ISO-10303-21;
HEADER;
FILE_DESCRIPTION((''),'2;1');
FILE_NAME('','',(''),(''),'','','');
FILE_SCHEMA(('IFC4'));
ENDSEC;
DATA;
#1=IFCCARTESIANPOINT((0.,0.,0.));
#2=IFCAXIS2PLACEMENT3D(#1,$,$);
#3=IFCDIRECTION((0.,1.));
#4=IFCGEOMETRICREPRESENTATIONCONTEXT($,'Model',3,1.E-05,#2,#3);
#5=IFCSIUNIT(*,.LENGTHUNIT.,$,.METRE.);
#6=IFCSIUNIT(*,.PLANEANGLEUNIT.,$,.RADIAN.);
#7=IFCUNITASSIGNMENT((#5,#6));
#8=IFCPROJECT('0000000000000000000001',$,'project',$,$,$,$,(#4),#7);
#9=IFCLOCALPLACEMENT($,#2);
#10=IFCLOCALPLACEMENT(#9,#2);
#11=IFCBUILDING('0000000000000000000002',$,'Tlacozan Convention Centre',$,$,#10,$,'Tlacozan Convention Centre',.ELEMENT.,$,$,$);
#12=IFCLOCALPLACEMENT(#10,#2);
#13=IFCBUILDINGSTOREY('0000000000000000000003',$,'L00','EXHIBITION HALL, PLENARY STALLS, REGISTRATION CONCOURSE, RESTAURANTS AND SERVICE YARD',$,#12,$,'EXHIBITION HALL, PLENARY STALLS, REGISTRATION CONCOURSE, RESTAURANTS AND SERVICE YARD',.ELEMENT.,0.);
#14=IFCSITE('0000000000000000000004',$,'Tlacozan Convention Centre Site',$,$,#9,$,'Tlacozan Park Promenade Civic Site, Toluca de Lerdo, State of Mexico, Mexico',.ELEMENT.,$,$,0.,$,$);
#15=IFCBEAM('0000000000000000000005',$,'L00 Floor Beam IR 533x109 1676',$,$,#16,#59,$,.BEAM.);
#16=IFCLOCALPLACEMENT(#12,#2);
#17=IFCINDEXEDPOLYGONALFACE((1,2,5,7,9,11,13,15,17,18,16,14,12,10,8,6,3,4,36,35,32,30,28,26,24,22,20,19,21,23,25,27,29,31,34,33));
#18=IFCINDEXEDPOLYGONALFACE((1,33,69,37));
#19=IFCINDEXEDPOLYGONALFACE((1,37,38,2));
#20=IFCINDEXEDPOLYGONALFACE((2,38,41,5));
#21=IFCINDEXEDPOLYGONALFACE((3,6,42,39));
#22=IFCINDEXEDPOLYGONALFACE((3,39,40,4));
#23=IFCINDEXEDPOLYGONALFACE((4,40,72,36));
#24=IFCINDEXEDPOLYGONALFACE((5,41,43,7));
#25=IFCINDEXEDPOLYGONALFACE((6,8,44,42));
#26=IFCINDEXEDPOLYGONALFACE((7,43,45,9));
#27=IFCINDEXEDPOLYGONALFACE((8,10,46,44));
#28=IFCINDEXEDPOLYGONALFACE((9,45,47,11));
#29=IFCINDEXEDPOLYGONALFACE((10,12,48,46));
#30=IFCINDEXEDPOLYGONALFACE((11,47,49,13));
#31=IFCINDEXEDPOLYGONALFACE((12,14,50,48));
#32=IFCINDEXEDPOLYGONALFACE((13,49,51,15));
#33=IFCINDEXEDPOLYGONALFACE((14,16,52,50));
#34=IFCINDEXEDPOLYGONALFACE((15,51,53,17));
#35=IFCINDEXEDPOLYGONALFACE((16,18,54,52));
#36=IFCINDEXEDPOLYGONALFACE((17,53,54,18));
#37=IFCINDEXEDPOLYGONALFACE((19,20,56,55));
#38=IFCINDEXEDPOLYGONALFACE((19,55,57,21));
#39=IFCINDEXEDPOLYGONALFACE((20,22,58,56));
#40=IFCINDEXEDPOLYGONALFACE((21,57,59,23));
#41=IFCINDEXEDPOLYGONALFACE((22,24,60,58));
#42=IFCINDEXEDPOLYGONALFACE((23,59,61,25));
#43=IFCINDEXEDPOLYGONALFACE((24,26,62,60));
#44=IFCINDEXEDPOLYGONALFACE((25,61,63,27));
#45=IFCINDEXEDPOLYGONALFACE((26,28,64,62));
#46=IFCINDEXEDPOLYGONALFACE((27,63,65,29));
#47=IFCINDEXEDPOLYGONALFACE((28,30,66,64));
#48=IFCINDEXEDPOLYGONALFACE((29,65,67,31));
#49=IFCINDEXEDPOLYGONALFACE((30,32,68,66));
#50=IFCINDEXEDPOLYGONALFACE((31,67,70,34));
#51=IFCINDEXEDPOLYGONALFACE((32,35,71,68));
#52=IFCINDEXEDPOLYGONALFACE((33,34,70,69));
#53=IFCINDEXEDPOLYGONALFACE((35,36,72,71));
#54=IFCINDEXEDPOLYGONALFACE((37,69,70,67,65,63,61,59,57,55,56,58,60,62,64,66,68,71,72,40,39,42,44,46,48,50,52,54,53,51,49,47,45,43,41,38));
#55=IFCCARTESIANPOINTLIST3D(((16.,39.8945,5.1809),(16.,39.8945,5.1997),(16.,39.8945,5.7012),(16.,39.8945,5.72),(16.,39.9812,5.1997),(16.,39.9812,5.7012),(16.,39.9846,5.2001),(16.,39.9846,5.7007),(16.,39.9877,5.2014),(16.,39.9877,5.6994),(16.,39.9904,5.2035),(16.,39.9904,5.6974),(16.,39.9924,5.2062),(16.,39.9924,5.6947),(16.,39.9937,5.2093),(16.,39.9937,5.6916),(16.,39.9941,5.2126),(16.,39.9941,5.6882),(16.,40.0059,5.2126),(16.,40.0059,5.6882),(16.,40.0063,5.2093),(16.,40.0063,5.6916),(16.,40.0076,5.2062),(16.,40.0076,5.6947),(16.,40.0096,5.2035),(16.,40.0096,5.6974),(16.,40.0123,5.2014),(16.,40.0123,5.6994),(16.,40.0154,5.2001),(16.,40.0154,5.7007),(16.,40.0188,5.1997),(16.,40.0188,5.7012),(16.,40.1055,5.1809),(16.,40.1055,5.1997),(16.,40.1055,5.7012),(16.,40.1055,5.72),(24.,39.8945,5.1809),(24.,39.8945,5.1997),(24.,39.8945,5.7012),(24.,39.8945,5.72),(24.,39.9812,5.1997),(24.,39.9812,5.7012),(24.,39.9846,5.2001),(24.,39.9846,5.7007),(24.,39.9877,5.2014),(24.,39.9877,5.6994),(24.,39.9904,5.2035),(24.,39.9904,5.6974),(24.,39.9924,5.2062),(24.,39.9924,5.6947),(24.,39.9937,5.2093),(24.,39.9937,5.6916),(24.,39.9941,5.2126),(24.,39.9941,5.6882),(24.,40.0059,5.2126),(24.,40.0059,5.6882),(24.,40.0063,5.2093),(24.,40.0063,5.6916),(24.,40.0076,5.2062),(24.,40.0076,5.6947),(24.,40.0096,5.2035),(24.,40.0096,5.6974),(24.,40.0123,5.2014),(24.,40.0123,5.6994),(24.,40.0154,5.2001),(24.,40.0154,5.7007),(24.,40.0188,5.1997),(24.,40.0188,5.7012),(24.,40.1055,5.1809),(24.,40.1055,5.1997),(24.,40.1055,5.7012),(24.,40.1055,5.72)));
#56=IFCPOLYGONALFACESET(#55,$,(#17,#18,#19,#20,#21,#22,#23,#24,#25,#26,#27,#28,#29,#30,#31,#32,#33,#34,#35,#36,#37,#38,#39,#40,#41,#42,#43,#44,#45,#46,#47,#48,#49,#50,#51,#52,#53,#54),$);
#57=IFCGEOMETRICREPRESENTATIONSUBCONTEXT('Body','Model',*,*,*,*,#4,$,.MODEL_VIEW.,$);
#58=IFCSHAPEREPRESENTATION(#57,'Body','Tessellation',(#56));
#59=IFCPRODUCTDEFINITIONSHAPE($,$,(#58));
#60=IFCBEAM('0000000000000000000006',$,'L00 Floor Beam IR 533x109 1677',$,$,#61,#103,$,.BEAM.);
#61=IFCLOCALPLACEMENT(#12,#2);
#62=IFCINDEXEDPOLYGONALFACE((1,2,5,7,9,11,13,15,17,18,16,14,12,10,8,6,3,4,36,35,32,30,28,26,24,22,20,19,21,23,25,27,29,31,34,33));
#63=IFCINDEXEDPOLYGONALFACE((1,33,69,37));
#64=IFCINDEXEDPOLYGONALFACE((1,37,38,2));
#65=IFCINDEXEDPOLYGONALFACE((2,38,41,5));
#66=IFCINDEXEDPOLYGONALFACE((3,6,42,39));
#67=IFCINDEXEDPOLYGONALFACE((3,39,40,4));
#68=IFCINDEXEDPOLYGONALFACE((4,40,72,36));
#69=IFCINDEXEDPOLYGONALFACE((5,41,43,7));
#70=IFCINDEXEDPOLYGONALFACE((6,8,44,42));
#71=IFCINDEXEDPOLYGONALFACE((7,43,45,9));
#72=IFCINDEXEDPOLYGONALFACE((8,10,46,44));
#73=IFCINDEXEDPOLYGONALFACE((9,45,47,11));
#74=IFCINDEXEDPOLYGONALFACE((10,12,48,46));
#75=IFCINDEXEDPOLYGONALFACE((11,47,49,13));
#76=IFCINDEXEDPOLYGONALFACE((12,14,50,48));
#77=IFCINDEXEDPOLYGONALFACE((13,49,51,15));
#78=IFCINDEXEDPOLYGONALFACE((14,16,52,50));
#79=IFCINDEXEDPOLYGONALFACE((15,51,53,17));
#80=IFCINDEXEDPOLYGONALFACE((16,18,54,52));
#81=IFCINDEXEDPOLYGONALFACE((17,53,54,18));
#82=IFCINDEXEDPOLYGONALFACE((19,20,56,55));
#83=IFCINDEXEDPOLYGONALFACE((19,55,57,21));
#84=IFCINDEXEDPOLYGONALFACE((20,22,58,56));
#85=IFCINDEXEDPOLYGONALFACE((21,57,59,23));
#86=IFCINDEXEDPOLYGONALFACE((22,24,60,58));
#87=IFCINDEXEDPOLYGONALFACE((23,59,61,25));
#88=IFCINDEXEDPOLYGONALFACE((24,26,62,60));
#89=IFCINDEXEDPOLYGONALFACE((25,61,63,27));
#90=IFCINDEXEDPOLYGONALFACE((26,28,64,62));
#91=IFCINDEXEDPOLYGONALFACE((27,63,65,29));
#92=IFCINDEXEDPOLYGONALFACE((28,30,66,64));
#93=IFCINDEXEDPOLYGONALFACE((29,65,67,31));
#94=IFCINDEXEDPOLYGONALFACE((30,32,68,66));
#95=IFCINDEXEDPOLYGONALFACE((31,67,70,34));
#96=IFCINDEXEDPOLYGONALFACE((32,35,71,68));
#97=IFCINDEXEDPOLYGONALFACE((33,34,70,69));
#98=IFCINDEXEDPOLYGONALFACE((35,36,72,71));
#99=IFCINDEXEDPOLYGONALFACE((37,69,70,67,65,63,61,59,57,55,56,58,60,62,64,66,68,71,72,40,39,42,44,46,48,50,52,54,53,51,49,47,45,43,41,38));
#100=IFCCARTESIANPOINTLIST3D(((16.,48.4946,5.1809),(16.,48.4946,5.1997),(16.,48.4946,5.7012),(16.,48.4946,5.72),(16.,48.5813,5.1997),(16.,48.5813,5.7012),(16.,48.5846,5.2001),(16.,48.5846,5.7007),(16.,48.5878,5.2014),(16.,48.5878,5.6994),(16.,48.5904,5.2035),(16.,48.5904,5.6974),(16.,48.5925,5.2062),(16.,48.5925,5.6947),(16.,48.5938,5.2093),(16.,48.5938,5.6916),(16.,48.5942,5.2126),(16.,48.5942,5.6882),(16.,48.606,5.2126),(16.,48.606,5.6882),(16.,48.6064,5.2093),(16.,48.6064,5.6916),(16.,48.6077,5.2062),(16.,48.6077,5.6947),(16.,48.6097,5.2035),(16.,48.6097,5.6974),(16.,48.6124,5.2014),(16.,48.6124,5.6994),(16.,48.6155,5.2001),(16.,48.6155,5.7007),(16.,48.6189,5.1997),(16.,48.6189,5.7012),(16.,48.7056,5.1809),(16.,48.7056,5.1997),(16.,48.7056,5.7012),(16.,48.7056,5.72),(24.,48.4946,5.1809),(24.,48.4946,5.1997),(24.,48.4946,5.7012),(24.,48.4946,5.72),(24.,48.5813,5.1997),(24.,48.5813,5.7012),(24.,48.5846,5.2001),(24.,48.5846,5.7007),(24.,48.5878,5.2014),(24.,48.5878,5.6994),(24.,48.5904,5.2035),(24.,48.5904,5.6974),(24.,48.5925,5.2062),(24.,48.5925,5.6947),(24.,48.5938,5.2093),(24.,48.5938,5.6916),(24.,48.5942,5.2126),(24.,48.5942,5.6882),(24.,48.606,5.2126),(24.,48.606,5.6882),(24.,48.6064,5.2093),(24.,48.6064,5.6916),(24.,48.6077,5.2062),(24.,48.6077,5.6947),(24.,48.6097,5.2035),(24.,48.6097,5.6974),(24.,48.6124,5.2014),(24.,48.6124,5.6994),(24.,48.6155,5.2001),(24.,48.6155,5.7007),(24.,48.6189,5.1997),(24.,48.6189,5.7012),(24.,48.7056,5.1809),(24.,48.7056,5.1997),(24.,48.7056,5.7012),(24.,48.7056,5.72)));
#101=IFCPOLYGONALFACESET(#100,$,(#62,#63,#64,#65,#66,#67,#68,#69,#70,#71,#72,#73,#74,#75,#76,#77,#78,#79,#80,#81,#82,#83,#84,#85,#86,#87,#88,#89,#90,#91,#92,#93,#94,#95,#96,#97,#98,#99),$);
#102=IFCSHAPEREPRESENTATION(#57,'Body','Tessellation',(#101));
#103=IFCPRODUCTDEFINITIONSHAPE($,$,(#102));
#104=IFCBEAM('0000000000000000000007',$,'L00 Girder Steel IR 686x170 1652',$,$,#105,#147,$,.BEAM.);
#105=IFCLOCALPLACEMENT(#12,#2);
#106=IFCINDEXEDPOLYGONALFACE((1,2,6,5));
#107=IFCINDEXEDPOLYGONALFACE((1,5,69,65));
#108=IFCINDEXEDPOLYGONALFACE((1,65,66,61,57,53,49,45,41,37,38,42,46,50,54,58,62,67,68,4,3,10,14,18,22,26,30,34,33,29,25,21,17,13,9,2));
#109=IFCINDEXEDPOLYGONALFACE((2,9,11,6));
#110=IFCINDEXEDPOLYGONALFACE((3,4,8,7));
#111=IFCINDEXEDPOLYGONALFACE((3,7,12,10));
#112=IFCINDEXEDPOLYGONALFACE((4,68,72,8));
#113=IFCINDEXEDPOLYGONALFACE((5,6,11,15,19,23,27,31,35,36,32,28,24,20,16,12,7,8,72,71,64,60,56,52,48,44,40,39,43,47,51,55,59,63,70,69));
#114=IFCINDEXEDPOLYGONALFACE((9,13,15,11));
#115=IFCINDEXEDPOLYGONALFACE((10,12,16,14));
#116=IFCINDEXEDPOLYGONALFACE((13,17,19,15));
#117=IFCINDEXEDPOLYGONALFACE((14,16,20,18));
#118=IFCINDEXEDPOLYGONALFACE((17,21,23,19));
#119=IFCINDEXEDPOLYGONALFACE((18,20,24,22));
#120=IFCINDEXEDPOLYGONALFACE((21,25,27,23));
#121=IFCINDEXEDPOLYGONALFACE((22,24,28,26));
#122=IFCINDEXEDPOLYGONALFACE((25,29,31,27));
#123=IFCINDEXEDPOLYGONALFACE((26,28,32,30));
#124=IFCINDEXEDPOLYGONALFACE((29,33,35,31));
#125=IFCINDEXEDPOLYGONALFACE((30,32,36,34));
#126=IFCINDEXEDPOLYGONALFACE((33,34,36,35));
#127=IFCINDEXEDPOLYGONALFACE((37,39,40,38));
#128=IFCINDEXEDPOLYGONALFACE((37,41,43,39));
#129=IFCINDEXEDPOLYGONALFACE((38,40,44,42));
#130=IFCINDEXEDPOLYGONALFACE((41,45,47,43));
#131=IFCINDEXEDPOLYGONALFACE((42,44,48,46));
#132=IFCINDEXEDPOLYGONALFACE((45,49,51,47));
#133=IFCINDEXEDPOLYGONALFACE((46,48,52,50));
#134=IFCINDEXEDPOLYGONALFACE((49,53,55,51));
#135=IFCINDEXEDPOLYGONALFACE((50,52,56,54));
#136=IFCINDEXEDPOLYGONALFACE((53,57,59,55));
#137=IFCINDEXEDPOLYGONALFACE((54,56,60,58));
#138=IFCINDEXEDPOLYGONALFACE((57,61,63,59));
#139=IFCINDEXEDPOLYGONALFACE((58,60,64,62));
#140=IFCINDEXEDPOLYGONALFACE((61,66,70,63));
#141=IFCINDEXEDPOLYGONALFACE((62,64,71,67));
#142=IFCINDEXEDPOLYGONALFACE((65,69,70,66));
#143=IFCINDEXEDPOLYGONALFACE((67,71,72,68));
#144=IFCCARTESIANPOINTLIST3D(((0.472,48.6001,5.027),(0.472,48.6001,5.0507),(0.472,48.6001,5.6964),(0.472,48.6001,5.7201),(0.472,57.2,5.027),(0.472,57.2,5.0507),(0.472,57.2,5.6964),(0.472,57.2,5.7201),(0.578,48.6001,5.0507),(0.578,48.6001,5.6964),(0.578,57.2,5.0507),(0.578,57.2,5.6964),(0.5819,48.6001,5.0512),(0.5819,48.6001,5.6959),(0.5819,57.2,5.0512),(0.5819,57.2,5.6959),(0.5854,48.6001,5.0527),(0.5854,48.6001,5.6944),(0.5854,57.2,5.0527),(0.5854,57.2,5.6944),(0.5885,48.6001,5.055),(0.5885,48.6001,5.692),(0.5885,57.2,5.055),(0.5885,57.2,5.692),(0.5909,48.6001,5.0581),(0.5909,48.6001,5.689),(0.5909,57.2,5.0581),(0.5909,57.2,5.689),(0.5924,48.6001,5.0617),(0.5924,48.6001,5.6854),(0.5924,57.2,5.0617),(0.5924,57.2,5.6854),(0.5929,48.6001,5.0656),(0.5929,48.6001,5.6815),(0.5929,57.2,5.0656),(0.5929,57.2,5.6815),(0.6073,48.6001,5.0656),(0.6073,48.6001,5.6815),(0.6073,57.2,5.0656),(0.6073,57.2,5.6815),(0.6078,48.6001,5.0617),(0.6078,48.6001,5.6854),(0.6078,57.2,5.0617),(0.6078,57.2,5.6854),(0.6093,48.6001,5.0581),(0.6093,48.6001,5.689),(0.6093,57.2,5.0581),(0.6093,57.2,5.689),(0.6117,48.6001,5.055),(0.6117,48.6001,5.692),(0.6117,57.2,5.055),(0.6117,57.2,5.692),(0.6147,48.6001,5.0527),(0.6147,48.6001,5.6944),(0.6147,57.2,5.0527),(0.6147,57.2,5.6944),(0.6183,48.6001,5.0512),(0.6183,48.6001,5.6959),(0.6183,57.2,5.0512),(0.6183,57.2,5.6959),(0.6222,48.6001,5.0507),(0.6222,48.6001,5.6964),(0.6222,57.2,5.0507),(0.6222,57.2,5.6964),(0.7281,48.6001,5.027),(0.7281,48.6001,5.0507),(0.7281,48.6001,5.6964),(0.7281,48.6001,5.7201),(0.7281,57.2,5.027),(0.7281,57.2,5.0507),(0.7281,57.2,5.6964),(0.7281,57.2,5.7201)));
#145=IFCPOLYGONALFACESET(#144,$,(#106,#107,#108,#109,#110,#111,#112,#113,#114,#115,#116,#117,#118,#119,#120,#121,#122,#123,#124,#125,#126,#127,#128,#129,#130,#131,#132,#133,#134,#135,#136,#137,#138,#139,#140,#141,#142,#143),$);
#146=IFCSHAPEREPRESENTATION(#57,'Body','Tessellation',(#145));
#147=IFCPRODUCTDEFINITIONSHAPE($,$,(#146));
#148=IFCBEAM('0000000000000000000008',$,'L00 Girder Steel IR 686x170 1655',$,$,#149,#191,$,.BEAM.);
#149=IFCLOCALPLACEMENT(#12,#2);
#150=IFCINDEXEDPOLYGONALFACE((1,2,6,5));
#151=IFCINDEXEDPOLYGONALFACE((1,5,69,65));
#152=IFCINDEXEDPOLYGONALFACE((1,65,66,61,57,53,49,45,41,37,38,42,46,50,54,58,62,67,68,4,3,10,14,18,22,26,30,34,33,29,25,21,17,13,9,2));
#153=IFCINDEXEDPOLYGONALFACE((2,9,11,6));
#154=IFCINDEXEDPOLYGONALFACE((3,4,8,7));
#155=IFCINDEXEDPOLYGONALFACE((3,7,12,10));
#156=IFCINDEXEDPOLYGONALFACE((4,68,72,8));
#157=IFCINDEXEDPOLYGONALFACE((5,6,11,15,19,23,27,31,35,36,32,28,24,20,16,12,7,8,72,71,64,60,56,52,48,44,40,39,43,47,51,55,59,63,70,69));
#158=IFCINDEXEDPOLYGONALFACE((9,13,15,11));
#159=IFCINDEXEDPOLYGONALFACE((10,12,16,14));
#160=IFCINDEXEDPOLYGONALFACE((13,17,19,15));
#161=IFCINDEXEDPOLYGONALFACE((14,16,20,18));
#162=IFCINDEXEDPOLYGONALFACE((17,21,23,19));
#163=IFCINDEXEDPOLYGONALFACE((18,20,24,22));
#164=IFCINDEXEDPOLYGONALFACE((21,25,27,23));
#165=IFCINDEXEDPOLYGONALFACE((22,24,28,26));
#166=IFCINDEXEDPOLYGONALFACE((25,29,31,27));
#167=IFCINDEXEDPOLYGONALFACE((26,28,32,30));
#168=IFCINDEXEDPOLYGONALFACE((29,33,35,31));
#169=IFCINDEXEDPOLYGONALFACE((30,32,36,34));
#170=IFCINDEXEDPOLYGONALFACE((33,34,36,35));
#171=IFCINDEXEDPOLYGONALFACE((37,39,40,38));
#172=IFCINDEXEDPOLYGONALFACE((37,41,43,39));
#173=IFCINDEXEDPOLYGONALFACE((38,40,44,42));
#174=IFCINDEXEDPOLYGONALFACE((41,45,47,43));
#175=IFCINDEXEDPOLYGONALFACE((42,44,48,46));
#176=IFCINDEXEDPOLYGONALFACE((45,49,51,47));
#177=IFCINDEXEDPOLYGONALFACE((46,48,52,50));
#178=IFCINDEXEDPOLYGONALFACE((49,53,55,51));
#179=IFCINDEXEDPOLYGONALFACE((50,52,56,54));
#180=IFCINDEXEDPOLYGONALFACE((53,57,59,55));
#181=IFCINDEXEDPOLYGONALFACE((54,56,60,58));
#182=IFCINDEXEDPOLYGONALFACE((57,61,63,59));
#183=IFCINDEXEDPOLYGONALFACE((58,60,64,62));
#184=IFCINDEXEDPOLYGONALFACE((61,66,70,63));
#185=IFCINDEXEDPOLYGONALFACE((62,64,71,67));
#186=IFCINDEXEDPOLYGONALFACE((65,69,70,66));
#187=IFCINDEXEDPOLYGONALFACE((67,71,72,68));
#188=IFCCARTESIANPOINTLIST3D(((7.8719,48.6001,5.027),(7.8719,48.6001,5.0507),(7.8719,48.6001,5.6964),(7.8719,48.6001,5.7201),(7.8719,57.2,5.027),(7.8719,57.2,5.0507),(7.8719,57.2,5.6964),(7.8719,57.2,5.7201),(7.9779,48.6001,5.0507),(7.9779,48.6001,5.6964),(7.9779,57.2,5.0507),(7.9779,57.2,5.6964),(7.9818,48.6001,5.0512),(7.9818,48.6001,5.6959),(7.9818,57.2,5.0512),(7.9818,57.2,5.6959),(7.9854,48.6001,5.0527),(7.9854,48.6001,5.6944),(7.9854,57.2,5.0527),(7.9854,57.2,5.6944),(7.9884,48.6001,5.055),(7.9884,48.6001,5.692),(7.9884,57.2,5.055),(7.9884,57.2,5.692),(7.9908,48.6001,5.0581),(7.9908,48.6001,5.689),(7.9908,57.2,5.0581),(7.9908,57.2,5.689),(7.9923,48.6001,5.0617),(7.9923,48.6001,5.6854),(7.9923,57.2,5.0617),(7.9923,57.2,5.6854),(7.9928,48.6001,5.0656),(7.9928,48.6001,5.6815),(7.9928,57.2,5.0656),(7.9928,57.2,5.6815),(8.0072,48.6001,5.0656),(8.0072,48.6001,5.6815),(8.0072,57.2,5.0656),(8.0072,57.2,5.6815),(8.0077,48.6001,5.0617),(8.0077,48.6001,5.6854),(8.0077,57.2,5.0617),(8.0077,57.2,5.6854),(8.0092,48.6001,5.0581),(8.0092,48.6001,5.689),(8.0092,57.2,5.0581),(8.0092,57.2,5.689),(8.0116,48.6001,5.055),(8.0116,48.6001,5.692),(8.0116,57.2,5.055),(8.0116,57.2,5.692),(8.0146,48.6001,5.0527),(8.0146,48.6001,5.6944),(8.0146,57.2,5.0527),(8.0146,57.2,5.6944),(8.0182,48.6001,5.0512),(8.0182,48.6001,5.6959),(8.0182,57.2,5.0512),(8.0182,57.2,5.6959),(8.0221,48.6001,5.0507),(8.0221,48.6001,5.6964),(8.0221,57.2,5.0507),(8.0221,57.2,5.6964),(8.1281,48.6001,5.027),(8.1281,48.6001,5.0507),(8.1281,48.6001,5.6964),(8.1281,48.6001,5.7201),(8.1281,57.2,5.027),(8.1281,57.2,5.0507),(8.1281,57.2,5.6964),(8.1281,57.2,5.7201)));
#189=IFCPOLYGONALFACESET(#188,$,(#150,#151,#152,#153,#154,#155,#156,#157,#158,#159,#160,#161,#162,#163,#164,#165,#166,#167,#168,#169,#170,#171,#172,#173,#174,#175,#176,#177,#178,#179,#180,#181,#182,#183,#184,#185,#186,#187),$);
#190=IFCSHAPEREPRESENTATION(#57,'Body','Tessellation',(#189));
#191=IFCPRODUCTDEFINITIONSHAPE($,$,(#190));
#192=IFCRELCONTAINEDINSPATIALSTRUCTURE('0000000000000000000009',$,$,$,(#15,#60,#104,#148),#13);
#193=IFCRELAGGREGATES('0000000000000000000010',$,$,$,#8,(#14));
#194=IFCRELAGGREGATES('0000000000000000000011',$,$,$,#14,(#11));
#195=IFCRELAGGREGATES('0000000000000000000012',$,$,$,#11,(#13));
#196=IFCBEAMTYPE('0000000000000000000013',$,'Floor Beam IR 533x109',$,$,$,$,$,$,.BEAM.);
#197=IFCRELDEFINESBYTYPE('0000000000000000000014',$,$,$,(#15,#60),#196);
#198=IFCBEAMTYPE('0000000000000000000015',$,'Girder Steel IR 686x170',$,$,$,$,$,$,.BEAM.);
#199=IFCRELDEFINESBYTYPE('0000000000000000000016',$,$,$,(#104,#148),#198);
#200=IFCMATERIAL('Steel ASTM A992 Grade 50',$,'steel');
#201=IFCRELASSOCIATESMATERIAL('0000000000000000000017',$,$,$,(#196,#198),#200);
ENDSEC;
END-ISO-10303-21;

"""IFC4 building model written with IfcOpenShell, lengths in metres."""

from ifc_helpers import new_model, si_unit, direction, frame, origin, origin_2d, place, context, subcontext, project, spatial, i_section, extrude, material, material_profile, profile_set, type_object, element, save


model = new_model("IFC4")

# Units and contexts
model_context = context("Model", 3, precision=1e-05, world=origin(), true_north=direction((0.0, 1.0)))
body_context = subcontext(model_context, "Body", "Model", "MODEL_VIEW")
ifc_project = project(units=[si_unit("LENGTHUNIT", "METRE"), si_unit("PLANEANGLEUNIT", "RADIAN")], contexts=[model_context])

# Site, building, storey
site_placement = place(None, origin())
site = spatial("IfcSite", under=ifc_project, at=site_placement, Name="Tlacozan Convention Centre Site", LongName="Tlacozan Park Promenade Civic Site, Toluca de Lerdo, State of Mexico, Mexico", CompositionType="ELEMENT", RefElevation=0.0)
building_placement = place(site_placement, origin())
building = spatial("IfcBuilding", under=site, at=building_placement, Name="Tlacozan Convention Centre", LongName="Tlacozan Convention Centre", CompositionType="ELEMENT")
storey_placement = place(building_placement, origin())
storey = spatial("IfcBuildingStorey", under=building, at=storey_placement, Name="L00", Description="EXHIBITION HALL, PLENARY STALLS, REGISTRATION CONCOURSE, RESTAURANTS AND SERVICE YARD", LongName="EXHIBITION HALL, PLENARY STALLS, REGISTRATION CONCOURSE, RESTAURANTS AND SERVICE YARD", CompositionType="ELEMENT", Elevation=0.0)

# Shared definitions
ifc_material_1 = material(Name="Steel ASTM A992 Grade 50", Category="steel")

# Beams
ifc_material_profile_1 = material_profile(ifc_material_1, i_section(OverallWidth=0.2109, OverallDepth=0.5391, WebThickness=0.0117, FlangeThickness=0.0188, FilletRadius=0.0129, at=origin_2d()), Name="IR 533x109.0")
ifc_profile_set_1 = profile_set([ifc_material_profile_1], Name="Steel ASTM A992 Grade 50")
beam_type_1 = type_object("IfcBeamType", Name="Floor Beam IR 533x109", PredefinedType="BEAM", material=ifc_profile_set_1)
for number, where, z_axis, x_axis, name in (
    (1, (16.0, 40.0, 5.4504), (1.0, 0.0, 0.0), (0.0, 1.0, 0.0), "L00 Floor Beam IR 533x109 1676"),
    (2, (16.0, 48.6001, 5.4504), (1.0, 0.0, 0.0), (0.0, 1.0, 0.0), "L00 Floor Beam IR 533x109 1677"),
):
    element("IfcBeam", number, at=place(storey_placement, frame(where, z_axis=z_axis, x_axis=x_axis)), inside=storey, type_object=beam_type_1, Name=name, PredefinedType="BEAM", context=body_context, shape_type="SweptSolid", body=[
        extrude(i_section(OverallWidth=0.2109, OverallDepth=0.5391, WebThickness=0.0117, FlangeThickness=0.0188, FilletRadius=0.0129, at=origin_2d()), origin(), (0.0, 0.0, 1.0), 8.0),
    ])
ifc_material_profile_2 = material_profile(ifc_material_1, i_section(OverallWidth=0.2561, OverallDepth=0.6931, WebThickness=0.0144, FlangeThickness=0.0237, FilletRadius=0.0149, at=origin_2d()), Name="IR 686x170.0")
ifc_profile_set_2 = profile_set([ifc_material_profile_2], Name="Steel ASTM A992 Grade 50")
beam_type_2 = type_object("IfcBeamType", Name="Girder Steel IR 686x170", PredefinedType="BEAM", material=ifc_profile_set_2)
for number, where, z_axis, x_axis, name in (
    (3, (0.6001, 48.6001, 5.3735), (0.0, 1.0, 0.0), (-1.0, 0.0, 0.0), "L00 Girder Steel IR 686x170 1652"),
    (4, (8.0, 48.6001, 5.3735), (0.0, 1.0, 0.0), (-1.0, 0.0, 0.0), "L00 Girder Steel IR 686x170 1655"),
):
    element("IfcBeam", number, at=place(storey_placement, frame(where, z_axis=z_axis, x_axis=x_axis)), inside=storey, type_object=beam_type_2, Name=name, PredefinedType="BEAM", context=body_context, shape_type="SweptSolid", body=[
        extrude(i_section(OverallWidth=0.2561, OverallDepth=0.6931, WebThickness=0.0144, FlangeThickness=0.0237, FilletRadius=0.0149, at=origin_2d()), origin(), (0.0, 0.0, 1.0), 8.5999),
    ])

save(model, "model.ifc")
